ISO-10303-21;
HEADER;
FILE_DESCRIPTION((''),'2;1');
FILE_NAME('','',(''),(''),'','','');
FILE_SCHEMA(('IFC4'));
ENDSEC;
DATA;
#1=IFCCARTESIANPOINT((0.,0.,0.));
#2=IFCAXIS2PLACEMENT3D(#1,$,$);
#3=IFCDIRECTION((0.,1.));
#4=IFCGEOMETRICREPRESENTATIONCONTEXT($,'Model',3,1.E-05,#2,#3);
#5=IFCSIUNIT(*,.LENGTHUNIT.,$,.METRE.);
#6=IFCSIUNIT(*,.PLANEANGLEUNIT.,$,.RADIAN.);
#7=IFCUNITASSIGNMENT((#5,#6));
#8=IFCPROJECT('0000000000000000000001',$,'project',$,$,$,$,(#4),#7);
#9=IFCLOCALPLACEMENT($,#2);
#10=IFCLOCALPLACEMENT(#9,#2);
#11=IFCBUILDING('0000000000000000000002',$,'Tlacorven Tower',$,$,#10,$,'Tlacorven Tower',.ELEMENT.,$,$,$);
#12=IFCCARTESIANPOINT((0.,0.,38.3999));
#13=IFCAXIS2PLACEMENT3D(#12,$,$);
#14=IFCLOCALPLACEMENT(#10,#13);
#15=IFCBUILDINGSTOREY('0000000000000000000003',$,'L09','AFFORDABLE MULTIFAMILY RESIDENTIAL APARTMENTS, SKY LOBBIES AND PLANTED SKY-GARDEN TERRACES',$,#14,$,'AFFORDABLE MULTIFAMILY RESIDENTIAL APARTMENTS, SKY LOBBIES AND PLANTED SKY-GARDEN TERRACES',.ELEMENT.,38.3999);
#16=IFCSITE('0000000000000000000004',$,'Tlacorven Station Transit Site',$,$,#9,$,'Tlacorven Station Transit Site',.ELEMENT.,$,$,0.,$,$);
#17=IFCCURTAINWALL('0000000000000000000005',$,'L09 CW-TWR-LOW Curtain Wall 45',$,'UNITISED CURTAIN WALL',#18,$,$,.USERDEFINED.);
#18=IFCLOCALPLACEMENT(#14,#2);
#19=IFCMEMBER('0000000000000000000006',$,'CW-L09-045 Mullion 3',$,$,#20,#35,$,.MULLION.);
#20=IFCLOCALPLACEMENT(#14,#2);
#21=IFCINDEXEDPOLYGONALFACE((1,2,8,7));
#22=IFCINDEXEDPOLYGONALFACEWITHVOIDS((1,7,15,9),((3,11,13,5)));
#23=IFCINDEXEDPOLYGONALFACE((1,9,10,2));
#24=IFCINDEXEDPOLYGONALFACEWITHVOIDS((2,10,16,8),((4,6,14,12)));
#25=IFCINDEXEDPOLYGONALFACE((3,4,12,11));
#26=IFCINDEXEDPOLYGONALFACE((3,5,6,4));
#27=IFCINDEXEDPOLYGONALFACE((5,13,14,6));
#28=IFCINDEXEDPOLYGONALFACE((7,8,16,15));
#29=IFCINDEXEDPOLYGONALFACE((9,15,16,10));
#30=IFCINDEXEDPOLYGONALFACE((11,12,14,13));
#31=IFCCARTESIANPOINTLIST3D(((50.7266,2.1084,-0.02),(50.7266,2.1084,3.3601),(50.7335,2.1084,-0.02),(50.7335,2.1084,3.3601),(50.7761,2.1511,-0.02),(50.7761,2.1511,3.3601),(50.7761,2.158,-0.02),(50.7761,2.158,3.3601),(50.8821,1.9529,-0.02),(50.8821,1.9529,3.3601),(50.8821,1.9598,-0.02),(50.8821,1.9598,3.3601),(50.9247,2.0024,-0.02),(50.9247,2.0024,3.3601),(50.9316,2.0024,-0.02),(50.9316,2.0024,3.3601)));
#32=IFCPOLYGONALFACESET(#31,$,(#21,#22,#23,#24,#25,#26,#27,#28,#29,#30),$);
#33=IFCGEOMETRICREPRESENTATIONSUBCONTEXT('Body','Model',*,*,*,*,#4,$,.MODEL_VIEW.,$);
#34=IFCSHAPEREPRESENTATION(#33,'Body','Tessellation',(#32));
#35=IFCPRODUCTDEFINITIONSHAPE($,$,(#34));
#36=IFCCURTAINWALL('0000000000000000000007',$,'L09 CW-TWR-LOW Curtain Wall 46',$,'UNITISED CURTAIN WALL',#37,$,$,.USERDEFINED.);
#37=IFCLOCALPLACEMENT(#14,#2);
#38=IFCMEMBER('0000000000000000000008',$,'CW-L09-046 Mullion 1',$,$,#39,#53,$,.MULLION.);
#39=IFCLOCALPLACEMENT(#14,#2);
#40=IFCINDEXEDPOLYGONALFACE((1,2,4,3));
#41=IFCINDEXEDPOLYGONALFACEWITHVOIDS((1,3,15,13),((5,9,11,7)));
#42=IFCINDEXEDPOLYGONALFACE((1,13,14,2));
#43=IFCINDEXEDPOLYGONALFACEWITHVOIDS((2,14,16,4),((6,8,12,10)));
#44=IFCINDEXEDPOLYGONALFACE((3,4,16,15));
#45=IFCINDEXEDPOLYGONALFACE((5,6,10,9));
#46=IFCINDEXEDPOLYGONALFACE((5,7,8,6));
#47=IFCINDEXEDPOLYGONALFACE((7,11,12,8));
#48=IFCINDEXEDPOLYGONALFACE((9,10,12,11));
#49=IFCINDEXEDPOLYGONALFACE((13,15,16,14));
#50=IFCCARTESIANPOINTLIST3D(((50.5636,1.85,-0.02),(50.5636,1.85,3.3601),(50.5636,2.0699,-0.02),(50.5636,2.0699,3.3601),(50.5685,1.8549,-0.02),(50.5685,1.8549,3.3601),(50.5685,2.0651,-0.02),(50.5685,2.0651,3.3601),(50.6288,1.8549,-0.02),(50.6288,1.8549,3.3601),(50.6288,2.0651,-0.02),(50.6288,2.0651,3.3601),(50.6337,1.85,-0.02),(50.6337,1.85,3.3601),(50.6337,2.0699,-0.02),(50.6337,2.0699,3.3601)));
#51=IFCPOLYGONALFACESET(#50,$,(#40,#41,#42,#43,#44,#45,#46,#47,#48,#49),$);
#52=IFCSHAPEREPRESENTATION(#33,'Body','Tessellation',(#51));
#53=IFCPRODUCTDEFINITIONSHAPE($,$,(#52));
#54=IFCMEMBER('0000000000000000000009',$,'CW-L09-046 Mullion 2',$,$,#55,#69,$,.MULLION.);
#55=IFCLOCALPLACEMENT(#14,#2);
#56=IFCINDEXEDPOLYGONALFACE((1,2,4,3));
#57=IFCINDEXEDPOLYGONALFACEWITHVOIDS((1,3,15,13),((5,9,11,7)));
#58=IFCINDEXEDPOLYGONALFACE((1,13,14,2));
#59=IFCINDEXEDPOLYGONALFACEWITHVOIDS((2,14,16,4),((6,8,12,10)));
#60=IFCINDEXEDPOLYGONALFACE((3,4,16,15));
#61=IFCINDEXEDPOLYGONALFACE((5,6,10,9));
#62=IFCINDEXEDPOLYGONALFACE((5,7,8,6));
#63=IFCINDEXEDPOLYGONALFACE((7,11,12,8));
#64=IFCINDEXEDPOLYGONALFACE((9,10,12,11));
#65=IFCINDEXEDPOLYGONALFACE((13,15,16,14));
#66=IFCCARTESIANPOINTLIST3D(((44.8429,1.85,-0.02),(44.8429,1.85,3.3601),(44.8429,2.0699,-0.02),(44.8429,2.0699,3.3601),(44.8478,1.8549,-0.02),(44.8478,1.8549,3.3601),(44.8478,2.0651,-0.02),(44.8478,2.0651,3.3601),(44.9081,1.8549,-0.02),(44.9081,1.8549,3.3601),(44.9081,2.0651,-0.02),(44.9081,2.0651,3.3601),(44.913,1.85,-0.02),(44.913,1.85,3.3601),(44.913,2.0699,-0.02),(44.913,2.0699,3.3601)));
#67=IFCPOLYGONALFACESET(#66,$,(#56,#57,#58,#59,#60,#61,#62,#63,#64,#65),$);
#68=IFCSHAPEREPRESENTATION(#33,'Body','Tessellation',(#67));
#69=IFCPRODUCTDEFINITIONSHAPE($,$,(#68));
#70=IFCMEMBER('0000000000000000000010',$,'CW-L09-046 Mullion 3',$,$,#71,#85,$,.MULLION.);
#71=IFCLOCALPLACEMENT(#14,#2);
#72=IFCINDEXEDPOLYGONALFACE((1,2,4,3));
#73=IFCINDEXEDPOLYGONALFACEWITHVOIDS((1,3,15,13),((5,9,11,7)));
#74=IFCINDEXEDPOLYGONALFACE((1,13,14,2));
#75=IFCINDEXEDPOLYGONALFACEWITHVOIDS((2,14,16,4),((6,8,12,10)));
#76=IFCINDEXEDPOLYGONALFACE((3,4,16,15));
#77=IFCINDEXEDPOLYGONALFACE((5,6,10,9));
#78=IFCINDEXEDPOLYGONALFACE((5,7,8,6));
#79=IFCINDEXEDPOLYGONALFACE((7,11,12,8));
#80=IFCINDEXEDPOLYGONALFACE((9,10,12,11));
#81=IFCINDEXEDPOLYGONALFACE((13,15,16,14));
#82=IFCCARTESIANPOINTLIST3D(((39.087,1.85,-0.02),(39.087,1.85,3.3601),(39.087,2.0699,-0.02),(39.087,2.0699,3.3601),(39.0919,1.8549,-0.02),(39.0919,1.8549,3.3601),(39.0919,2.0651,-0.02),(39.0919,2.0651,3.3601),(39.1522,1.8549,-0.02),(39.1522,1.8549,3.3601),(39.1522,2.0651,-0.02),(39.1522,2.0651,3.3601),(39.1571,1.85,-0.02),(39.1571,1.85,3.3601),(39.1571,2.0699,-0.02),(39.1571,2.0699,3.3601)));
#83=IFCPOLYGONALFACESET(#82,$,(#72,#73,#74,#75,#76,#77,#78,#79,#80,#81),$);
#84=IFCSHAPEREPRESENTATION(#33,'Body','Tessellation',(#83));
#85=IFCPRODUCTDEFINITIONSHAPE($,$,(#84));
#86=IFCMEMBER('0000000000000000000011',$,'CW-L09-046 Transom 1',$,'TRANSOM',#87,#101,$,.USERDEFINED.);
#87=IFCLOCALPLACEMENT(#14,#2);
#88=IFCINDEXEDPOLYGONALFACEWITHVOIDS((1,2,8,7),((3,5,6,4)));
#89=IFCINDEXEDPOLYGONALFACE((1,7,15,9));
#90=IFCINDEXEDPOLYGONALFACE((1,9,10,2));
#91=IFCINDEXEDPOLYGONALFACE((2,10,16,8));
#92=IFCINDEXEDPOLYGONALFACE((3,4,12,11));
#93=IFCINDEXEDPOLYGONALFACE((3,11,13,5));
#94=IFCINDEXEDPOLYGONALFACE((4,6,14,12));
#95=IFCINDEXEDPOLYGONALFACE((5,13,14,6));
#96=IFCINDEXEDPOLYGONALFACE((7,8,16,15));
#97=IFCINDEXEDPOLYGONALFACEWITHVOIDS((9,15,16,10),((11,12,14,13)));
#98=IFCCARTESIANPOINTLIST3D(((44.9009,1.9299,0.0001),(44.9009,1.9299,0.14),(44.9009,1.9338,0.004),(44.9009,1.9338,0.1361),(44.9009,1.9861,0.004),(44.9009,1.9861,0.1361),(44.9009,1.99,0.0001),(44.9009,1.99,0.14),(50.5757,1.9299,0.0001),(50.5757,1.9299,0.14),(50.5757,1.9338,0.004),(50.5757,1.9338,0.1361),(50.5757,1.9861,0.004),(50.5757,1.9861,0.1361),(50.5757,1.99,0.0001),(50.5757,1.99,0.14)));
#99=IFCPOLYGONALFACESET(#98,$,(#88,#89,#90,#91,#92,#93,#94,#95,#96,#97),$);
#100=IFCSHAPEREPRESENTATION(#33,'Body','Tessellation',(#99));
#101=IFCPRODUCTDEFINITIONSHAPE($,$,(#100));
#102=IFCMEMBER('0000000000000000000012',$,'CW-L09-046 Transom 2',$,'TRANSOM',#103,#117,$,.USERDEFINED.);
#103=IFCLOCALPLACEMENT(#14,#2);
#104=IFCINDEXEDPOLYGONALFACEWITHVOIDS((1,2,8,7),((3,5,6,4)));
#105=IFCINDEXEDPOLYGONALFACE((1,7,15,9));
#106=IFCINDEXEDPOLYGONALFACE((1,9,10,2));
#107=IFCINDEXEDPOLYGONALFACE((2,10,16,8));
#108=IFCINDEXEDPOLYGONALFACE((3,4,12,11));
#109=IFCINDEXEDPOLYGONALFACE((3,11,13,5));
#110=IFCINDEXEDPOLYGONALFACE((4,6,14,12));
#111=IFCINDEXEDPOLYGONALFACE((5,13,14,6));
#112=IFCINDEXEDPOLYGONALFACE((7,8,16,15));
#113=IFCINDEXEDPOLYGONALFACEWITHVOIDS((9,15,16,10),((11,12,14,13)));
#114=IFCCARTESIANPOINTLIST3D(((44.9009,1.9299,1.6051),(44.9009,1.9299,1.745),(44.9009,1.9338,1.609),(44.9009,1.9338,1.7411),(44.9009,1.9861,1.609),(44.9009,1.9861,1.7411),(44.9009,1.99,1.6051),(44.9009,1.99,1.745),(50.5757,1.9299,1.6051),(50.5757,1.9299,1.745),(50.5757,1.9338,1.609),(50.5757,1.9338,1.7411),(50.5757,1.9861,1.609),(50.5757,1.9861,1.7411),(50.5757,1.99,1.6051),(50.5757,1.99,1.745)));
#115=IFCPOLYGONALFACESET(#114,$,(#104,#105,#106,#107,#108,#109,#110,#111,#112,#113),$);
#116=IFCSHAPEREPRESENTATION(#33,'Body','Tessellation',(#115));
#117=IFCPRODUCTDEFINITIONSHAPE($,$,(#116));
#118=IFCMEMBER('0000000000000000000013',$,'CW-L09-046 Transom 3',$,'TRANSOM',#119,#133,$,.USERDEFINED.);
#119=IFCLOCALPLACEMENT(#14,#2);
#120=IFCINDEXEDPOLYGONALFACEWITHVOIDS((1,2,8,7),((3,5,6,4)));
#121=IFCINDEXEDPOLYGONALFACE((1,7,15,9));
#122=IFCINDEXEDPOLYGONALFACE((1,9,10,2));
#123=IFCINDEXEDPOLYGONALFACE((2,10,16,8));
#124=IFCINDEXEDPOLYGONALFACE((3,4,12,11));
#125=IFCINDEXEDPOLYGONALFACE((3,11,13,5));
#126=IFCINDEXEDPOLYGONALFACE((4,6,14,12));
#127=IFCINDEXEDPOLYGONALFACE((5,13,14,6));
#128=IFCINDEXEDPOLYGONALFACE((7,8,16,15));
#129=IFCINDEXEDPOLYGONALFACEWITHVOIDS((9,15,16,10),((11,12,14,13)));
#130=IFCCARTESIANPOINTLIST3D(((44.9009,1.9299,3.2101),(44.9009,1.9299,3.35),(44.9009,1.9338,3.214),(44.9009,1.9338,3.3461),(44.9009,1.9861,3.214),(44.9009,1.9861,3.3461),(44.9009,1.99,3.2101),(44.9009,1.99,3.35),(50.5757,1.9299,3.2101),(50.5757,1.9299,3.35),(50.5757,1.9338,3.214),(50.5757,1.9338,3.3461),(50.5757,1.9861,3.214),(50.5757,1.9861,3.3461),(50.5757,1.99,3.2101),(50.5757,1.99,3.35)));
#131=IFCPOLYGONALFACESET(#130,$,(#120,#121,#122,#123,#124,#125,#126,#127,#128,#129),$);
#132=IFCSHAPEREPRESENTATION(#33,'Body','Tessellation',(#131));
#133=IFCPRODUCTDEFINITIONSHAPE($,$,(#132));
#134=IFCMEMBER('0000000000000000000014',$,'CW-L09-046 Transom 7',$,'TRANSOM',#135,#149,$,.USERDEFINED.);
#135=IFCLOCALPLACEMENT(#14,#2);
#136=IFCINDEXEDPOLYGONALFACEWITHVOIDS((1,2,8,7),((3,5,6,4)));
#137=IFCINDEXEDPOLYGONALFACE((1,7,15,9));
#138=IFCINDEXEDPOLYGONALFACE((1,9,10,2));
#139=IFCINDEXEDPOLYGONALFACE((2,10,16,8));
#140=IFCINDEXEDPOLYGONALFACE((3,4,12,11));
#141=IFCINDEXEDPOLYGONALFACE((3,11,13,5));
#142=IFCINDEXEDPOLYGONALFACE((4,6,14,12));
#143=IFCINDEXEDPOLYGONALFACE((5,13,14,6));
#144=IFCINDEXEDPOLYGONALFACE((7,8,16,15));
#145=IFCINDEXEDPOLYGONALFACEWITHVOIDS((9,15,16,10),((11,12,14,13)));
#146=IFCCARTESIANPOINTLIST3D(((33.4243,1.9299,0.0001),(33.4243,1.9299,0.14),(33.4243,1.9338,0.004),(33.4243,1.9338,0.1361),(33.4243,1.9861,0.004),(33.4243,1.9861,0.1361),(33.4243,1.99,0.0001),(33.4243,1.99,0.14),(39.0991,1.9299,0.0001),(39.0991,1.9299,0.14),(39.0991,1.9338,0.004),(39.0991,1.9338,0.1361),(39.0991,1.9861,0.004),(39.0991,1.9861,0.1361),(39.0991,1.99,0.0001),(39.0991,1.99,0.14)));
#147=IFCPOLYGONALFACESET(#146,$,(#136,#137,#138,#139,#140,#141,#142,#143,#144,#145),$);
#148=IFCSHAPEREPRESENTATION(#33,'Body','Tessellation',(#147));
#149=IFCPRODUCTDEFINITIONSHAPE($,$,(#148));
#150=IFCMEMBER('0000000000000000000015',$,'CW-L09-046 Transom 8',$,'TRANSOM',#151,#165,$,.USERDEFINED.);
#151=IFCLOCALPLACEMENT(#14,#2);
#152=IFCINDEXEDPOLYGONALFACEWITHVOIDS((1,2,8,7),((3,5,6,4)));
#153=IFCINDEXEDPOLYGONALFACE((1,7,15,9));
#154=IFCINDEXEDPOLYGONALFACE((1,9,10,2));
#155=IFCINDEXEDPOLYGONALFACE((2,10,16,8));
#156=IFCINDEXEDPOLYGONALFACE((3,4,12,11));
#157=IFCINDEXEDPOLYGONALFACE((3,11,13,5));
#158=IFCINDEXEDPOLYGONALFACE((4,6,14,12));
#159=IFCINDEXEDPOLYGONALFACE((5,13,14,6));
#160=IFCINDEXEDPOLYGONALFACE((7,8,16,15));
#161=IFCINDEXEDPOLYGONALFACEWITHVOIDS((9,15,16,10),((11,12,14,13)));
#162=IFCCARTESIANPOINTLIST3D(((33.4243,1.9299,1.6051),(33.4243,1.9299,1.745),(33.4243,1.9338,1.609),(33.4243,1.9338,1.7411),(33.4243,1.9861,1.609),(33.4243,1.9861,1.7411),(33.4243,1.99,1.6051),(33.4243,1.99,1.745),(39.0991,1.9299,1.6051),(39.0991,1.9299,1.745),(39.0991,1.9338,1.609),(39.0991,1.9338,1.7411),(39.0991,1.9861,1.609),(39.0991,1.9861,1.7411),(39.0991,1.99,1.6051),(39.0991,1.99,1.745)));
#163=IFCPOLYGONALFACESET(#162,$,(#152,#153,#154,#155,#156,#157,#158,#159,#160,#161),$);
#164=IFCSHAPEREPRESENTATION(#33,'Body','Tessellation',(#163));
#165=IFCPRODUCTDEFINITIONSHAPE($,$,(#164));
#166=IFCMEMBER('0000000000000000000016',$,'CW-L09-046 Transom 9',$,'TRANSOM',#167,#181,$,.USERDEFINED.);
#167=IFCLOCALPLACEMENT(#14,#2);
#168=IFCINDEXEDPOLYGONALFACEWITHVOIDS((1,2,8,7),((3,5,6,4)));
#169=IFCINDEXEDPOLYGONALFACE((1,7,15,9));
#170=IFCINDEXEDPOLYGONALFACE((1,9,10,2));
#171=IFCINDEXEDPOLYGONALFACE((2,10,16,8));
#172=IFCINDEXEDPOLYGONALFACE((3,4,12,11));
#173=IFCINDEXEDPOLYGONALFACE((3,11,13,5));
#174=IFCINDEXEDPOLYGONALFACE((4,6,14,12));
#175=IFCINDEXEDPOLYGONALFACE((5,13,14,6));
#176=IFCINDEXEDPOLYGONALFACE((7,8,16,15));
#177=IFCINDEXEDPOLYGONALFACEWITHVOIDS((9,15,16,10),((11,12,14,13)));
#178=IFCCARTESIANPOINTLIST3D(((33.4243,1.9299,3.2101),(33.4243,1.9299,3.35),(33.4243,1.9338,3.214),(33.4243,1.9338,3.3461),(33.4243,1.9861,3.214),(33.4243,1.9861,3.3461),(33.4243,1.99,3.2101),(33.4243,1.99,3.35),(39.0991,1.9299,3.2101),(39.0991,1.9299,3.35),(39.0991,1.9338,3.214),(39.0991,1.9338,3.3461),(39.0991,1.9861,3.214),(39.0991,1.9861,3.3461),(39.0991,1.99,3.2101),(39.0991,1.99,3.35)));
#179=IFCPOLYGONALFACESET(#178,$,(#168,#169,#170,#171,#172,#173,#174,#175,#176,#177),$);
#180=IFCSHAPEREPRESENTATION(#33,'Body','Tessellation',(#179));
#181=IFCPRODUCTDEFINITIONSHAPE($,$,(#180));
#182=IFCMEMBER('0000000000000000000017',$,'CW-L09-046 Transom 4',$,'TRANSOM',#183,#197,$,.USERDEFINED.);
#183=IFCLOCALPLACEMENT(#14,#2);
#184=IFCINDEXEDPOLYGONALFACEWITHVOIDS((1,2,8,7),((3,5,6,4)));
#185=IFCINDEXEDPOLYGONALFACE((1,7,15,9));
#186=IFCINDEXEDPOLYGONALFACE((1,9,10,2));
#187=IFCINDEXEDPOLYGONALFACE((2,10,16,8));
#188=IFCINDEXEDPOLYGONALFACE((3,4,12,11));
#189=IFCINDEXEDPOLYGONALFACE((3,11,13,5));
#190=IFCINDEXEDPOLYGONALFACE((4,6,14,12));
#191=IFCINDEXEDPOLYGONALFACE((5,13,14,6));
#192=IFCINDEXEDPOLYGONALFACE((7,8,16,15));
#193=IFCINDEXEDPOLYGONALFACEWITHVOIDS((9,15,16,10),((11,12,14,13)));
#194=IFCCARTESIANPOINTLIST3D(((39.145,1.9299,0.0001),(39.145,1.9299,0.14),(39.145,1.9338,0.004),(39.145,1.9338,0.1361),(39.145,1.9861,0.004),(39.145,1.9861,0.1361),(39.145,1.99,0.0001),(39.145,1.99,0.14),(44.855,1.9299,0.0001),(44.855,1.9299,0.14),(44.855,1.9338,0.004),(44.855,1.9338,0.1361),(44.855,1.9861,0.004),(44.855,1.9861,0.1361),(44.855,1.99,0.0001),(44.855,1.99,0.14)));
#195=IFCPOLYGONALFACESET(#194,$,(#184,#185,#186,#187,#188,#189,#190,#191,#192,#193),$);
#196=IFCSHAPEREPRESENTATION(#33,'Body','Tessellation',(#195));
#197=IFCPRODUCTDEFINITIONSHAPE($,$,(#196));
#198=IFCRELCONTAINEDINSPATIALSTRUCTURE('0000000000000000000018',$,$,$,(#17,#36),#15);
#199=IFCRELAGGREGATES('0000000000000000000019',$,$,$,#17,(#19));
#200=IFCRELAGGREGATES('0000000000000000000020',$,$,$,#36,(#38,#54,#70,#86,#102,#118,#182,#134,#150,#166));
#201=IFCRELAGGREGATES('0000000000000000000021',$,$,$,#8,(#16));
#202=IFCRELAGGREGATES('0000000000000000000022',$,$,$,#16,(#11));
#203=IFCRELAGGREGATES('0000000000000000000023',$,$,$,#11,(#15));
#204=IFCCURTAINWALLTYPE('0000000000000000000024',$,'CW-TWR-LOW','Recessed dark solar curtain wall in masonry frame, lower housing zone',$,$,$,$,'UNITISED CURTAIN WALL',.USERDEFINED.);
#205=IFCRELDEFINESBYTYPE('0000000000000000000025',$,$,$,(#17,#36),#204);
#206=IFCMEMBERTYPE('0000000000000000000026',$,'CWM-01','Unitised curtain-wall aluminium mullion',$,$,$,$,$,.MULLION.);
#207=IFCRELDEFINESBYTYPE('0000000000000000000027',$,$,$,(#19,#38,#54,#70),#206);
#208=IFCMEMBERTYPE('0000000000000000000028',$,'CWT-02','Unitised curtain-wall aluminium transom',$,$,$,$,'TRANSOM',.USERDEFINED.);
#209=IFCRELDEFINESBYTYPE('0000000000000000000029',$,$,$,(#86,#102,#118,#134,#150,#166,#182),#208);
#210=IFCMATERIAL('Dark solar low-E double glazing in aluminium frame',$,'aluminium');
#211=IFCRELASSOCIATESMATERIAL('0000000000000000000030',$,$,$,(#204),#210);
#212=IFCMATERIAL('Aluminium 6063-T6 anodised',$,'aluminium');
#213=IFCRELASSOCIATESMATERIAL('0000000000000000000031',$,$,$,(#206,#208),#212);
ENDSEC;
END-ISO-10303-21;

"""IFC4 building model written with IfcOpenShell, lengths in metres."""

from ifc_helpers import new_model, si_unit, direction, frame, origin, origin_2d, place, context, subcontext, project, spatial, hollow_rectangle, extrude, source, transform, mapped, material, material_profile, profile_set, type_object, element, aggregate, save


model = new_model("IFC4")

# Units and contexts
model_context = context("Model", 3, precision=1e-05, world=origin(), true_north=direction((0.0, 1.0)))
body_context = subcontext(model_context, "Body", "Model", "MODEL_VIEW")
ifc_project = project(units=[si_unit("LENGTHUNIT", "METRE"), si_unit("PLANEANGLEUNIT", "RADIAN")], contexts=[model_context])

# Site, building, storey
site_placement = place(None, origin())
site = spatial("IfcSite", under=ifc_project, at=site_placement, Name="Tlacorven Station Transit Site", LongName="Tlacorven Station Transit Site", CompositionType="ELEMENT", RefElevation=0.0)
building_placement = place(site_placement, origin())
building = spatial("IfcBuilding", under=site, at=building_placement, Name="Tlacorven Tower", LongName="Tlacorven Tower", CompositionType="ELEMENT")
storey_placement = place(building_placement, frame((0.0, 0.0, 38.3999)))
storey = spatial("IfcBuildingStorey", under=building, at=storey_placement, Name="L09", Description="AFFORDABLE MULTIFAMILY RESIDENTIAL APARTMENTS, SKY LOBBIES AND PLANTED SKY-GARDEN TERRACES", LongName="AFFORDABLE MULTIFAMILY RESIDENTIAL APARTMENTS, SKY LOBBIES AND PLANTED SKY-GARDEN TERRACES", CompositionType="ELEMENT", Elevation=38.3999)

# Curtain wall, member
ifc_material_1 = material(Name="Dark solar low-E double glazing in aluminium frame", Category="aluminium")
curtain_wall_type = type_object("IfcCurtainWallType", Name="CW-TWR-LOW", Description="Recessed dark solar curtain wall in masonry frame, lower housing zone", ElementType="UNITISED CURTAIN WALL", PredefinedType="USERDEFINED", material=ifc_material_1)
curtain_wall_1_placement = place(storey_placement, origin())
curtain_wall_1 = element("IfcCurtainWall", 1, at=curtain_wall_1_placement, inside=storey, type_object=curtain_wall_type, Name="L09 CW-TWR-LOW Curtain Wall 45", ObjectType="UNITISED CURTAIN WALL", PredefinedType="USERDEFINED")
ifc_material_2 = material(Name="Aluminium 6063-T6 anodised", Category="aluminium")
ifc_material_profile_1 = material_profile(ifc_material_2, hollow_rectangle(XDim=0.0701, YDim=0.22, WallThickness=0.0049, at=origin_2d()), Name="ALU MULLION 70X220")
ifc_profile_set_1 = profile_set([ifc_material_profile_1], Name="Aluminium 6063-T6 anodised")
member_type_1 = type_object("IfcMemberType", Name="CWM-01", Description="Unitised curtain-wall aluminium mullion", PredefinedType="MULLION", material=ifc_profile_set_1)
shared_shape_1 = source(origin(), body_context, "Body", "SweptSolid", [
    extrude(hollow_rectangle(XDim=0.0701, YDim=0.22, WallThickness=0.0049, at=origin_2d()), origin(), (0.0, 0.0, 1.0), 3.3801),
])
member_1_placement = place(storey_placement, frame((50.8291, 2.0554, -0.02), z_axis=(0.0, 0.0, 1.0), x_axis=(-0.707107, -0.707107, 0.0)))
member_1 = element("IfcMember", 2, at=member_1_placement, type_object=member_type_1, Name="CW-L09-045 Mullion 3", PredefinedType="MULLION", context=body_context, shape_type="MappedRepresentation", body=[
    mapped(shared_shape_1, transform((0.0, 0.0, 0.0), scale=1.0)),
])

# Curtain wall, members
curtain_wall_2_placement = place(storey_placement, origin())
curtain_wall_2 = element("IfcCurtainWall", 3, at=curtain_wall_2_placement, inside=storey, type_object=curtain_wall_type, Name="L09 CW-TWR-LOW Curtain Wall 46", ObjectType="UNITISED CURTAIN WALL", PredefinedType="USERDEFINED")
member_2_placement = place(storey_placement, frame((50.5986, 1.96, -0.02), z_axis=(0.0, 0.0, 1.0), x_axis=(-1.0, 0.0, 0.0)))
member_2 = element("IfcMember", 4, at=member_2_placement, type_object=member_type_1, Name="CW-L09-046 Mullion 1", PredefinedType="MULLION", context=body_context, shape_type="MappedRepresentation", body=[
    mapped(shared_shape_1, transform((0.0, 0.0, 0.0), scale=1.0)),
])
member_3_placement = place(storey_placement, frame((44.8779, 1.96, -0.02), z_axis=(0.0, 0.0, 1.0), x_axis=(-1.0, 0.0, 0.0)))
member_3 = element("IfcMember", 5, at=member_3_placement, type_object=member_type_1, Name="CW-L09-046 Mullion 2", PredefinedType="MULLION", context=body_context, shape_type="MappedRepresentation", body=[
    mapped(shared_shape_1, transform((0.0, 0.0, 0.0), scale=1.0)),
])
member_4_placement = place(storey_placement, frame((39.1221, 1.96, -0.02), z_axis=(0.0, 0.0, 1.0), x_axis=(-1.0, 0.0, 0.0)))
member_4 = element("IfcMember", 6, at=member_4_placement, type_object=member_type_1, Name="CW-L09-046 Mullion 3", PredefinedType="MULLION", context=body_context, shape_type="MappedRepresentation", body=[
    mapped(shared_shape_1, transform((0.0, 0.0, 0.0), scale=1.0)),
])
ifc_material_profile_2 = material_profile(ifc_material_2, hollow_rectangle(XDim=0.0601, YDim=0.1399, WallThickness=0.0039, at=origin_2d()), Name="ALU TRANSOM 60X140")
ifc_profile_set_2 = profile_set([ifc_material_profile_2], Name="Aluminium 6063-T6 anodised")
member_type_2 = type_object("IfcMemberType", Name="CWT-02", Description="Unitised curtain-wall aluminium transom", ElementType="TRANSOM", PredefinedType="USERDEFINED", material=ifc_profile_set_2)
shared_shape_2 = source(origin(), body_context, "Body", "SweptSolid", [
    extrude(hollow_rectangle(XDim=0.0601, YDim=0.1399, WallThickness=0.0039, at=origin_2d()), origin(), (0.0, 0.0, 1.0), 5.6748),
])
member_5_placement = place(storey_placement, frame((50.5757, 1.96, 0.0701), z_axis=(-1.0, 0.0, 0.0), x_axis=(0.0, -1.0, 0.0)))
member_5 = element("IfcMember", 7, at=member_5_placement, type_object=member_type_2, Name="CW-L09-046 Transom 1", ObjectType="TRANSOM", PredefinedType="USERDEFINED", context=body_context, shape_type="MappedRepresentation", body=[
    mapped(shared_shape_2, transform((0.0, 0.0, 0.0), scale=1.0)),
])
member_6_placement = place(storey_placement, frame((50.5757, 1.96, 1.675), z_axis=(-1.0, 0.0, 0.0), x_axis=(0.0, -1.0, 0.0)))
member_6 = element("IfcMember", 8, at=member_6_placement, type_object=member_type_2, Name="CW-L09-046 Transom 2", ObjectType="TRANSOM", PredefinedType="USERDEFINED", context=body_context, shape_type="MappedRepresentation", body=[
    mapped(shared_shape_2, transform((0.0, 0.0, 0.0), scale=1.0)),
])
member_7_placement = place(storey_placement, frame((50.5757, 1.96, 3.28), z_axis=(-1.0, 0.0, 0.0), x_axis=(0.0, -1.0, 0.0)))
member_7 = element("IfcMember", 9, at=member_7_placement, type_object=member_type_2, Name="CW-L09-046 Transom 3", ObjectType="TRANSOM", PredefinedType="USERDEFINED", context=body_context, shape_type="MappedRepresentation", body=[
    mapped(shared_shape_2, transform((0.0, 0.0, 0.0), scale=1.0)),
])
member_8_placement = place(storey_placement, frame((39.0991, 1.96, 0.0701), z_axis=(-1.0, 0.0, 0.0), x_axis=(0.0, -1.0, 0.0)))
member_8 = element("IfcMember", 10, at=member_8_placement, type_object=member_type_2, Name="CW-L09-046 Transom 7", ObjectType="TRANSOM", PredefinedType="USERDEFINED", context=body_context, shape_type="MappedRepresentation", body=[
    mapped(shared_shape_2, transform((0.0, 0.0, 0.0), scale=1.0)),
])
member_9_placement = place(storey_placement, frame((39.0991, 1.96, 1.675), z_axis=(-1.0, 0.0, 0.0), x_axis=(0.0, -1.0, 0.0)))
member_9 = element("IfcMember", 11, at=member_9_placement, type_object=member_type_2, Name="CW-L09-046 Transom 8", ObjectType="TRANSOM", PredefinedType="USERDEFINED", context=body_context, shape_type="MappedRepresentation", body=[
    mapped(shared_shape_2, transform((0.0, 0.0, 0.0), scale=1.0)),
])
member_10_placement = place(storey_placement, frame((39.0991, 1.96, 3.28), z_axis=(-1.0, 0.0, 0.0), x_axis=(0.0, -1.0, 0.0)))
member_10 = element("IfcMember", 12, at=member_10_placement, type_object=member_type_2, Name="CW-L09-046 Transom 9", ObjectType="TRANSOM", PredefinedType="USERDEFINED", context=body_context, shape_type="MappedRepresentation", body=[
    mapped(shared_shape_2, transform((0.0, 0.0, 0.0), scale=1.0)),
])
shared_shape_3 = source(origin(), body_context, "Body", "SweptSolid", [
    extrude(hollow_rectangle(XDim=0.0601, YDim=0.1399, WallThickness=0.0039, at=origin_2d()), origin(), (0.0, 0.0, 1.0), 5.71),
])
member_11_placement = place(storey_placement, frame((44.855, 1.96, 0.0701), z_axis=(-1.0, 0.0, 0.0), x_axis=(0.0, -1.0, 0.0)))
member_11 = element("IfcMember", 13, at=member_11_placement, type_object=member_type_2, Name="CW-L09-046 Transom 4", ObjectType="TRANSOM", PredefinedType="USERDEFINED", context=body_context, shape_type="MappedRepresentation", body=[
    mapped(shared_shape_3, transform((0.0, 0.0, 0.0), scale=1.0)),
])

aggregate(curtain_wall_1, [member_1])
aggregate(curtain_wall_2, [member_2, member_3, member_4, member_5, member_6, member_7, member_11, member_8, member_9, member_10])

save(model, "model.ifc")
